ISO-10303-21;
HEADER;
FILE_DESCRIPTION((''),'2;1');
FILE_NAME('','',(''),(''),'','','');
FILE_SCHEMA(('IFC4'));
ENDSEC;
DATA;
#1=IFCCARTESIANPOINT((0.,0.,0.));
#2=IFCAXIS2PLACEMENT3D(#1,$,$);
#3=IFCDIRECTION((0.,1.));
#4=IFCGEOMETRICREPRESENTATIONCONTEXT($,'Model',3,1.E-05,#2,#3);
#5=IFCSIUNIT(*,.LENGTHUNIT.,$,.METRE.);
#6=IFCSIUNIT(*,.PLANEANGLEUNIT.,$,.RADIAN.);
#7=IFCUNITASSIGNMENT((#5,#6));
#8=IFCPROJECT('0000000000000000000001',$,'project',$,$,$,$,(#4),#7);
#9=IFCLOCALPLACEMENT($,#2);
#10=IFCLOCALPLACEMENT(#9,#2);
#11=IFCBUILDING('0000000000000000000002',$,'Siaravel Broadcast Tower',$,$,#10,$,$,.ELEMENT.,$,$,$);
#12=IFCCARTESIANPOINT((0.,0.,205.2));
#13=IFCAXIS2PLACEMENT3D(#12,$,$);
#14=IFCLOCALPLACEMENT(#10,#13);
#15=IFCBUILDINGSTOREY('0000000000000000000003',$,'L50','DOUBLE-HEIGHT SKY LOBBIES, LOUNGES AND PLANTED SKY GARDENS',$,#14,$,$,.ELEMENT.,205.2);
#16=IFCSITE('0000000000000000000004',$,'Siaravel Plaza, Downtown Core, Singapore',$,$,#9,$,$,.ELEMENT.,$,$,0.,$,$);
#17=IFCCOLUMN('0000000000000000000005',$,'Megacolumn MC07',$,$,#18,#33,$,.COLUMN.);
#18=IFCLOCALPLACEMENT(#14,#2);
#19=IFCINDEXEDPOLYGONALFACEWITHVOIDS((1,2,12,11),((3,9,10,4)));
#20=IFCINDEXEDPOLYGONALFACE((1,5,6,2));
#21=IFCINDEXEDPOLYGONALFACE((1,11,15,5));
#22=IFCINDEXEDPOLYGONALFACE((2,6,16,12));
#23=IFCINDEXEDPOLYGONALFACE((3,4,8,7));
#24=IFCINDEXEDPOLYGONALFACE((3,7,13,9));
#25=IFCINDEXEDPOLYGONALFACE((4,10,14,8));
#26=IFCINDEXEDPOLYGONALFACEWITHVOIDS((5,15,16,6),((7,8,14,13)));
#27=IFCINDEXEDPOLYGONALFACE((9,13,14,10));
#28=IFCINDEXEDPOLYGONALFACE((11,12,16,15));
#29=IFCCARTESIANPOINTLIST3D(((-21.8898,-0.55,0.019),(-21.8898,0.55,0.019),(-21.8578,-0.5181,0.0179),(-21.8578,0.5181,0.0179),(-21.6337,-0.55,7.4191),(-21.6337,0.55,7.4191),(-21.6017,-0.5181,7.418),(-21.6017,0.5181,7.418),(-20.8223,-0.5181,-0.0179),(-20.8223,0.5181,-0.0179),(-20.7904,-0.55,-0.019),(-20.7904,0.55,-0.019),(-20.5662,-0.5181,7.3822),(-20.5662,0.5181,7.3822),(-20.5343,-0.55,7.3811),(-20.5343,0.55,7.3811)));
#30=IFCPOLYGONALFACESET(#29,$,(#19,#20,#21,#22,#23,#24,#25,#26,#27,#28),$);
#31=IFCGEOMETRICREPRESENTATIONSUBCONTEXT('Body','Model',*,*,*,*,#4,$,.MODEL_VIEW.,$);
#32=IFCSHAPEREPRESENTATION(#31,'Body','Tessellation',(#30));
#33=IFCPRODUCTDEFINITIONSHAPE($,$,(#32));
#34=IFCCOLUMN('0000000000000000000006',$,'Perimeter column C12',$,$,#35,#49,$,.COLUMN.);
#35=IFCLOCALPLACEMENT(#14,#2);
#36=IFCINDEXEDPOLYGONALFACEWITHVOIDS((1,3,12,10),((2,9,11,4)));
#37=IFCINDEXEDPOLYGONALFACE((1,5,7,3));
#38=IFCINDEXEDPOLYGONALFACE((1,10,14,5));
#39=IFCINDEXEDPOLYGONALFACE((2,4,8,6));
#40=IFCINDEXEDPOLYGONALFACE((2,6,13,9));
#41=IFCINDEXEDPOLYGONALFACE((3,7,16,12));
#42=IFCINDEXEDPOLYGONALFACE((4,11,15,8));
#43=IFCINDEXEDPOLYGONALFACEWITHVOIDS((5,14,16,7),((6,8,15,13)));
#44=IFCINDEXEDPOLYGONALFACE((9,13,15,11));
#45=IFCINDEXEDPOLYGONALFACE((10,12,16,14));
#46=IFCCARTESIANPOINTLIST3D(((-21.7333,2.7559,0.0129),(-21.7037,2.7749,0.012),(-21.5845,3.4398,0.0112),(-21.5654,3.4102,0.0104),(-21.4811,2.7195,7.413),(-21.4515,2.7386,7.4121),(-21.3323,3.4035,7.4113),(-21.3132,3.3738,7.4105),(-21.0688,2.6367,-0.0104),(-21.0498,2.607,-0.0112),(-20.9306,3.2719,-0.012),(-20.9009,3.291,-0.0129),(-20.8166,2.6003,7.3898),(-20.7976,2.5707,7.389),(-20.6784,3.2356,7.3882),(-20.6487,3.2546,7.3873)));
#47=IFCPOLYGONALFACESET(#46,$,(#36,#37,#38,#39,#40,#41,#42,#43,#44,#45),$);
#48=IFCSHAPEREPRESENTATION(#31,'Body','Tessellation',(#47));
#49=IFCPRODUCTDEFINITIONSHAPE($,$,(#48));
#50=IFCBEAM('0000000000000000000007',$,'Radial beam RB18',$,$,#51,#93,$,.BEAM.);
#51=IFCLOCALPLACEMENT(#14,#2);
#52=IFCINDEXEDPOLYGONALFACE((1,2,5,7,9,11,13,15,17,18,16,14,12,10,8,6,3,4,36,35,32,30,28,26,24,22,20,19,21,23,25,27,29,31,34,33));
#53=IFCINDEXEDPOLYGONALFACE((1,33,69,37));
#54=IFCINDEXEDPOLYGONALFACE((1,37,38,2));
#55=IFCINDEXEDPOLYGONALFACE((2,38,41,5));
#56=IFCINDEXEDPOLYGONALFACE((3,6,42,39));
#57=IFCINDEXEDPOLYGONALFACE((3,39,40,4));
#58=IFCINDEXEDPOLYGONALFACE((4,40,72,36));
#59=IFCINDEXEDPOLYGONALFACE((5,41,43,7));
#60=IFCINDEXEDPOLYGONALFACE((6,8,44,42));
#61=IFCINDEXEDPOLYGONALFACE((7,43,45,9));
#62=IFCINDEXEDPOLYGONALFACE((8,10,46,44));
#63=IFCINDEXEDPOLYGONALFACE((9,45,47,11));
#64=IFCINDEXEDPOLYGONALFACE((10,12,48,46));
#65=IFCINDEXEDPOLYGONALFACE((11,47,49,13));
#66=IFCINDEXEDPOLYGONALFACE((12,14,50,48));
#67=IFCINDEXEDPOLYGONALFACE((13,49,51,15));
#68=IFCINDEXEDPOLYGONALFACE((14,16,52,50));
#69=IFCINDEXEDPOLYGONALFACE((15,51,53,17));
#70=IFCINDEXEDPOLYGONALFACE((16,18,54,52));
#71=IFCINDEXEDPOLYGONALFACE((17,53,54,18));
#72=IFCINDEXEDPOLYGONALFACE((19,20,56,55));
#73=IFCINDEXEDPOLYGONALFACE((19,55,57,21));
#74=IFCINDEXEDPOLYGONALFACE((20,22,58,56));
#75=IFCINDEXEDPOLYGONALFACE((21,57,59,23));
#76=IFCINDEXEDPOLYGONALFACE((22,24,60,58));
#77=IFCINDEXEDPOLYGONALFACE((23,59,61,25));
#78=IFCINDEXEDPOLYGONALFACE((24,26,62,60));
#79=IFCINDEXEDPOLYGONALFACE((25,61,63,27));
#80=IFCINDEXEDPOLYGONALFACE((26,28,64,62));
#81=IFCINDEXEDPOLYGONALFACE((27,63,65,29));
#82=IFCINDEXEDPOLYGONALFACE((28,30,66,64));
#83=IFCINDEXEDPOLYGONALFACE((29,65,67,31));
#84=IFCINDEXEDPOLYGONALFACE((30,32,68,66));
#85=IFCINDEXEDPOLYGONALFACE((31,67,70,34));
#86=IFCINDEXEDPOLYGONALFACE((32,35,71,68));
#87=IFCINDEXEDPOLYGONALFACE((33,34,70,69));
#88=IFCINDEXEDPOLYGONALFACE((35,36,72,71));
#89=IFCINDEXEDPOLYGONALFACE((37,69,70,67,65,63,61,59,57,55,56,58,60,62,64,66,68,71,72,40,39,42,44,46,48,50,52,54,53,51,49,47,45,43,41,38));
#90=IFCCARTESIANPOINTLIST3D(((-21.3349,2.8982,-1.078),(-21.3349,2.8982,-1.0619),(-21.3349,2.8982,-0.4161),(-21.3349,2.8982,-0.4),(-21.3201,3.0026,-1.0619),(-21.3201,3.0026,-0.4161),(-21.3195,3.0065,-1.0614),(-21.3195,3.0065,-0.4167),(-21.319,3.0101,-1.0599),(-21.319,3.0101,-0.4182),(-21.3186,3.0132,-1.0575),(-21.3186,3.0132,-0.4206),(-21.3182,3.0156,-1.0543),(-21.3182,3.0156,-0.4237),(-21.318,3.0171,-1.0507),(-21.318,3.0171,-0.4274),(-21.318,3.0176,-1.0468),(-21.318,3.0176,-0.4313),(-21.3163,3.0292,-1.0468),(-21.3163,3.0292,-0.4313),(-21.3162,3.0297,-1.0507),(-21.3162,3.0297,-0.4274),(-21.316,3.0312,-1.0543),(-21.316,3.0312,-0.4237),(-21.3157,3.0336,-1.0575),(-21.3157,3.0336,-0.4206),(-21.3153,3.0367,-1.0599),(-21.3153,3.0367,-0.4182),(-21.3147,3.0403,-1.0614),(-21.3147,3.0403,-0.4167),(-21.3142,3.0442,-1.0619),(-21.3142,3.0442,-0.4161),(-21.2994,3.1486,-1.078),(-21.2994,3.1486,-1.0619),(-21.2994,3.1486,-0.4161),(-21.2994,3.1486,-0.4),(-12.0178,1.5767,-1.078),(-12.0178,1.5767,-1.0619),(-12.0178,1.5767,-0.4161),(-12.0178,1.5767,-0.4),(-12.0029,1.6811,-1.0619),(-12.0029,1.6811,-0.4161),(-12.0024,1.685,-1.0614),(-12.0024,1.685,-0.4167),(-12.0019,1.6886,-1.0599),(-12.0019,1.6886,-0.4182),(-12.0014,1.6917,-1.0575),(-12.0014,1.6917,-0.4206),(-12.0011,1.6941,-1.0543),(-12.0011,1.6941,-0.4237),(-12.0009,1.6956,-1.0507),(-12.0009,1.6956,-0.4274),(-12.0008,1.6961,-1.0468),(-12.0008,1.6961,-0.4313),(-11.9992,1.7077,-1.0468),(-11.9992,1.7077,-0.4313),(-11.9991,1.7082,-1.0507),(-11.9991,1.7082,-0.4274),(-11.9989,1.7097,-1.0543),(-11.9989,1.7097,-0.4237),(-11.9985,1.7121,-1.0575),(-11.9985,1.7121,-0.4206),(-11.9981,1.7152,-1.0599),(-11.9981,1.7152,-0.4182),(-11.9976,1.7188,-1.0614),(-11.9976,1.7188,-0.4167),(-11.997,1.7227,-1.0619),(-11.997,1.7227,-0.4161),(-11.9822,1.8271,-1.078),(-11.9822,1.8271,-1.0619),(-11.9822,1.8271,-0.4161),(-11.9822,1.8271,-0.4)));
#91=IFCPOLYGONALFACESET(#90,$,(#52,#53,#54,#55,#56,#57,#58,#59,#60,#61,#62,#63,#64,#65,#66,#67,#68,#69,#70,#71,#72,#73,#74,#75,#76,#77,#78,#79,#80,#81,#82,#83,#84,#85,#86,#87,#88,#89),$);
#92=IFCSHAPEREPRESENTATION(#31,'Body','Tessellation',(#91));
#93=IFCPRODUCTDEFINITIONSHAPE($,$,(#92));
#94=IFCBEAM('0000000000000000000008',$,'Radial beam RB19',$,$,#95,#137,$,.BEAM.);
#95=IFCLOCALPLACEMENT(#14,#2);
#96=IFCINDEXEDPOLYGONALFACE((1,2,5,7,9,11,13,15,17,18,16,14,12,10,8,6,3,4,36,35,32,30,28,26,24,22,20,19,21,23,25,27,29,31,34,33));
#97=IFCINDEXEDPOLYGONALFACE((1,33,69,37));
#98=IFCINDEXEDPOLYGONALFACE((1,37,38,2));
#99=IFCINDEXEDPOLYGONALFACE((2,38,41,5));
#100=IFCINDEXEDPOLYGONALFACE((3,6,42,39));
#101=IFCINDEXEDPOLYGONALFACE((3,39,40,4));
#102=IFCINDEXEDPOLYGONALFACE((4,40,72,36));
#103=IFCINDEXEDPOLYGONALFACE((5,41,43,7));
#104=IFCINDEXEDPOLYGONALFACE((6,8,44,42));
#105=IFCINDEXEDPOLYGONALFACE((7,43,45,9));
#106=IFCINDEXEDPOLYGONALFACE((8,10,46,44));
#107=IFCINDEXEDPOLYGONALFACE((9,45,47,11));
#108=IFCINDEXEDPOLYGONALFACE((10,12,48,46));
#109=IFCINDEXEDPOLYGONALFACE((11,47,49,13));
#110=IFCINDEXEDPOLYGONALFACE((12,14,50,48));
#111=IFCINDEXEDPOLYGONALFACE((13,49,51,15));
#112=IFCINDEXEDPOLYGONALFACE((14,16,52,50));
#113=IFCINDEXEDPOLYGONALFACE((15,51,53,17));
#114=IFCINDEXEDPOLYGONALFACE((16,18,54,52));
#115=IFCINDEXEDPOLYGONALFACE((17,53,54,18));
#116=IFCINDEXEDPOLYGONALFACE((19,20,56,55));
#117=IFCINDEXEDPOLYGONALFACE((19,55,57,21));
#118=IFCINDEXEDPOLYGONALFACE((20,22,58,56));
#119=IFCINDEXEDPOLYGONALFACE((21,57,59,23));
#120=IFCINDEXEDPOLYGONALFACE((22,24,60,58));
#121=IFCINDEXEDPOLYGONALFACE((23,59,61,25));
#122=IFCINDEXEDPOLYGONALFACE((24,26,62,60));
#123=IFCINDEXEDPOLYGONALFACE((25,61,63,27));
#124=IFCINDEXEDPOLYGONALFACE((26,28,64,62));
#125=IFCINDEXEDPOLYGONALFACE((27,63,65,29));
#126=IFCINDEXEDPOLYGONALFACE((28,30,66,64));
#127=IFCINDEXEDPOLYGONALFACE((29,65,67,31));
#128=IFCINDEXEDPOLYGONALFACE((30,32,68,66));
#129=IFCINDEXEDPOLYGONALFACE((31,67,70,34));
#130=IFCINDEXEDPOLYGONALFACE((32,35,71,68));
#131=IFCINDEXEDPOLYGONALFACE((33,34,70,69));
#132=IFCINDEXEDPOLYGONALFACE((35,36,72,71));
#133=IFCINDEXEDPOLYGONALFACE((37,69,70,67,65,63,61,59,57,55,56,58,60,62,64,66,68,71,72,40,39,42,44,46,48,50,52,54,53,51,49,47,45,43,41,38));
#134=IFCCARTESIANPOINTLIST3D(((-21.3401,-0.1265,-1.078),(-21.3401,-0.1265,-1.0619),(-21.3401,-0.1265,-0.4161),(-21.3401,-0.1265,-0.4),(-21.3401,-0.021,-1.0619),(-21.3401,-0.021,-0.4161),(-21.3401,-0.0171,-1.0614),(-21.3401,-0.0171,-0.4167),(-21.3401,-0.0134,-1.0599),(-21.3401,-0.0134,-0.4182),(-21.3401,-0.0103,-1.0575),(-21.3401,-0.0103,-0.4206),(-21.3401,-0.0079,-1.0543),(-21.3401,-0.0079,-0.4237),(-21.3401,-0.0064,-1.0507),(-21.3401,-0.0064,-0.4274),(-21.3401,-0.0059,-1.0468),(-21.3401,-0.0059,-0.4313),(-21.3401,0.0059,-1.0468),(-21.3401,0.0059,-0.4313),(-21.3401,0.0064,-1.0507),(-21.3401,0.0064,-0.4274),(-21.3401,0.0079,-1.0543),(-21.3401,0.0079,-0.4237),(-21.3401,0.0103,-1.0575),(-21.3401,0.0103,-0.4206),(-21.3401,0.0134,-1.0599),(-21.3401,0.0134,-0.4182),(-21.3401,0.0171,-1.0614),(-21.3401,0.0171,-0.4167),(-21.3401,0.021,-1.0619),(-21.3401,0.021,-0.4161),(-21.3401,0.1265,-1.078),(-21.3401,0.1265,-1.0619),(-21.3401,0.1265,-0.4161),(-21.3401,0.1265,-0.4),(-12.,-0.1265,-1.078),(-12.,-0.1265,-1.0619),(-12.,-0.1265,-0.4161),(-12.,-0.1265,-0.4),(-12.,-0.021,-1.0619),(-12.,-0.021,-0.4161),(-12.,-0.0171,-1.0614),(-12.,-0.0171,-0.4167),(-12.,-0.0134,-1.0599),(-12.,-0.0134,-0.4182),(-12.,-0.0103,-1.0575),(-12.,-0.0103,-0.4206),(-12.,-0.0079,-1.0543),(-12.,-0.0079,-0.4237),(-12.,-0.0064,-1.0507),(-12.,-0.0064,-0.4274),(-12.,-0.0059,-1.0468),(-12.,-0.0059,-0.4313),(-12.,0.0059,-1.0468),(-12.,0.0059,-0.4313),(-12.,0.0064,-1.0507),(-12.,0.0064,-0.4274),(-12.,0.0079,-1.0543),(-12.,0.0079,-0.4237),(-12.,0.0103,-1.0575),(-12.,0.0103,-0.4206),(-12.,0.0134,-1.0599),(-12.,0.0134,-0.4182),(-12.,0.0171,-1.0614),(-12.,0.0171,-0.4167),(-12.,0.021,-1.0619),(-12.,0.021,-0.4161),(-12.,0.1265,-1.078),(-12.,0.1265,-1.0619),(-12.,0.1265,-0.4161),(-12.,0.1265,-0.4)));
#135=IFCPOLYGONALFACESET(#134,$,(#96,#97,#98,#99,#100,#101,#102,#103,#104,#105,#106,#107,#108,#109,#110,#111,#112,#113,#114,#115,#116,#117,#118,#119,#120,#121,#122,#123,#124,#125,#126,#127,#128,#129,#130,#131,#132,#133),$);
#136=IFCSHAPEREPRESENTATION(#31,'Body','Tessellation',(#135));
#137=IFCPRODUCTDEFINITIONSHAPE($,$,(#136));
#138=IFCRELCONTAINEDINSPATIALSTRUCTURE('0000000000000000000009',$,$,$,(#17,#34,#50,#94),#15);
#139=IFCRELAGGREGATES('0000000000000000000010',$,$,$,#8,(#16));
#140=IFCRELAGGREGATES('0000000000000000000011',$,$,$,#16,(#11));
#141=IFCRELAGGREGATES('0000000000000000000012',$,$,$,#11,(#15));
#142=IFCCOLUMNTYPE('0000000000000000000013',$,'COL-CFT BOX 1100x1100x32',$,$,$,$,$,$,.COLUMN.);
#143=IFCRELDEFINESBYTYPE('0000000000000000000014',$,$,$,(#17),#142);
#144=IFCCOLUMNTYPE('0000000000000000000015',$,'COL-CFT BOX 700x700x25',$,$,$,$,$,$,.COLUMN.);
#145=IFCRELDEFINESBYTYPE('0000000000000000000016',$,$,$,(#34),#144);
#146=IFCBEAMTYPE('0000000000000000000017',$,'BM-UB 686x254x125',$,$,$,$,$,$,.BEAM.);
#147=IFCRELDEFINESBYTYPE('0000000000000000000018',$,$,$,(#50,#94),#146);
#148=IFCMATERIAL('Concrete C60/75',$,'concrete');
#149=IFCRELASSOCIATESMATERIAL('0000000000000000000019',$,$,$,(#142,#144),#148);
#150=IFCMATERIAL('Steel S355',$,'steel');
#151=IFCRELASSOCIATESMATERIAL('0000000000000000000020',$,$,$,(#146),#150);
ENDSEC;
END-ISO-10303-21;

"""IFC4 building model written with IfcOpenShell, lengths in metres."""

from ifc_helpers import new_model, si_unit, direction, frame, origin, origin_2d, place, context, subcontext, project, spatial, hollow_rectangle, i_section, extrude, material, material_profile, profile_set, type_object, element, save


model = new_model("IFC4")

# Units and contexts
model_context = context("Model", 3, precision=1e-05, world=origin(), true_north=direction((0.0, 1.0)))
body_context = subcontext(model_context, "Body", "Model", "MODEL_VIEW")
ifc_project = project(units=[si_unit("LENGTHUNIT", "METRE"), si_unit("PLANEANGLEUNIT", "RADIAN")], contexts=[model_context])

# Site, building, storey
site_placement = place(None, origin())
site = spatial("IfcSite", under=ifc_project, at=site_placement, Name="Siaravel Plaza, Downtown Core, Singapore", CompositionType="ELEMENT", RefElevation=0.0)
building_placement = place(site_placement, origin())
building = spatial("IfcBuilding", under=site, at=building_placement, Name="Siaravel Broadcast Tower", CompositionType="ELEMENT")
storey_placement = place(building_placement, frame((0.0, 0.0, 205.2)))
storey = spatial("IfcBuildingStorey", under=building, at=storey_placement, Name="L50", Description="DOUBLE-HEIGHT SKY LOBBIES, LOUNGES AND PLANTED SKY GARDENS", CompositionType="ELEMENT", Elevation=205.2)

# Columns
ifc_material_1 = material(Name="Concrete C60/75", Category="concrete")
ifc_material_profile_1 = material_profile(ifc_material_1, hollow_rectangle(XDim=1.1001, YDim=1.1001, WallThickness=0.032, at=origin_2d()))
ifc_profile_set_1 = profile_set([ifc_material_profile_1], Name="Concrete C60/75")
column_type_1 = type_object("IfcColumnType", Name="COL-CFT BOX 1100x1100x32", PredefinedType="COLUMN", material=ifc_profile_set_1)
column_1_placement = place(storey_placement, frame((-21.3401, 0.0, 0.0), z_axis=(0.034587, 0.0, 0.999402), x_axis=(0.0, 1.0, 0.0)))
element("IfcColumn", 1, at=column_1_placement, inside=storey, type_object=column_type_1, Name="Megacolumn MC07", PredefinedType="COLUMN", context=body_context, shape_type="SweptSolid", body=[
    extrude(hollow_rectangle(XDim=1.1001, YDim=1.1001, WallThickness=0.032, at=origin_2d()), origin(), (0.0, 0.0, 1.0), 7.4045),
])
ifc_material_profile_2 = material_profile(ifc_material_1, hollow_rectangle(XDim=0.7, YDim=0.7, WallThickness=0.0249, at=origin_2d()))
ifc_profile_set_2 = profile_set([ifc_material_profile_2], Name="Concrete C60/75")
column_type_2 = type_object("IfcColumnType", Name="COL-CFT BOX 700x700x25", PredefinedType="COLUMN", material=ifc_profile_set_2)
column_2_placement = place(storey_placement, frame((-21.3171, 3.0234, 0.0), z_axis=(0.03406, -0.004913, 0.999408), x_axis=(0.212711, 0.977112, -0.002446)))
element("IfcColumn", 2, at=column_2_placement, inside=storey, type_object=column_type_2, Name="Perimeter column C12", PredefinedType="COLUMN", context=body_context, shape_type="SweptSolid", body=[
    extrude(hollow_rectangle(XDim=0.7, YDim=0.7, WallThickness=0.0249, at=origin_2d()), origin(), (0.0, 0.0, 1.0), 7.4045),
])

# Beams
ifc_material_2 = material(Name="Steel S355", Category="steel")
ifc_material_profile_3 = material_profile(ifc_material_2, i_section(OverallWidth=0.2529, OverallDepth=0.678, WebThickness=0.0117, FlangeThickness=0.0161, FilletRadius=0.0151, at=origin_2d()))
ifc_profile_set_3 = profile_set([ifc_material_profile_3], Name="Steel S355")
beam_type = type_object("IfcBeamType", Name="BM-UB 686x254x125", PredefinedType="BEAM", material=ifc_profile_set_3)
beam_1_placement = place(storey_placement, frame((-21.3171, 3.0234, -0.739), z_axis=(0.99009, -0.140433, 0.0), x_axis=(0.140433, 0.99009, 0.0)))
element("IfcBeam", 3, at=beam_1_placement, inside=storey, type_object=beam_type, Name="Radial beam RB18", PredefinedType="BEAM", context=body_context, shape_type="SweptSolid", body=[
    extrude(i_section(OverallWidth=0.2529, OverallDepth=0.678, WebThickness=0.0117, FlangeThickness=0.0161, FilletRadius=0.0151, at=origin_2d()), origin(), (0.0, 0.0, 1.0), 9.4104),
])
beam_2_placement = place(storey_placement, frame((-21.3401, 0.0, -0.739), z_axis=(1.0, 0.0, 0.0), x_axis=(0.0, 1.0, 0.0)))
element("IfcBeam", 4, at=beam_2_placement, inside=storey, type_object=beam_type, Name="Radial beam RB19", PredefinedType="BEAM", context=body_context, shape_type="SweptSolid", body=[
    extrude(i_section(OverallWidth=0.2529, OverallDepth=0.678, WebThickness=0.0117, FlangeThickness=0.0161, FilletRadius=0.0151, at=origin_2d()), origin(), (0.0, 0.0, 1.0), 9.3401),
])

save(model, "model.ifc")
